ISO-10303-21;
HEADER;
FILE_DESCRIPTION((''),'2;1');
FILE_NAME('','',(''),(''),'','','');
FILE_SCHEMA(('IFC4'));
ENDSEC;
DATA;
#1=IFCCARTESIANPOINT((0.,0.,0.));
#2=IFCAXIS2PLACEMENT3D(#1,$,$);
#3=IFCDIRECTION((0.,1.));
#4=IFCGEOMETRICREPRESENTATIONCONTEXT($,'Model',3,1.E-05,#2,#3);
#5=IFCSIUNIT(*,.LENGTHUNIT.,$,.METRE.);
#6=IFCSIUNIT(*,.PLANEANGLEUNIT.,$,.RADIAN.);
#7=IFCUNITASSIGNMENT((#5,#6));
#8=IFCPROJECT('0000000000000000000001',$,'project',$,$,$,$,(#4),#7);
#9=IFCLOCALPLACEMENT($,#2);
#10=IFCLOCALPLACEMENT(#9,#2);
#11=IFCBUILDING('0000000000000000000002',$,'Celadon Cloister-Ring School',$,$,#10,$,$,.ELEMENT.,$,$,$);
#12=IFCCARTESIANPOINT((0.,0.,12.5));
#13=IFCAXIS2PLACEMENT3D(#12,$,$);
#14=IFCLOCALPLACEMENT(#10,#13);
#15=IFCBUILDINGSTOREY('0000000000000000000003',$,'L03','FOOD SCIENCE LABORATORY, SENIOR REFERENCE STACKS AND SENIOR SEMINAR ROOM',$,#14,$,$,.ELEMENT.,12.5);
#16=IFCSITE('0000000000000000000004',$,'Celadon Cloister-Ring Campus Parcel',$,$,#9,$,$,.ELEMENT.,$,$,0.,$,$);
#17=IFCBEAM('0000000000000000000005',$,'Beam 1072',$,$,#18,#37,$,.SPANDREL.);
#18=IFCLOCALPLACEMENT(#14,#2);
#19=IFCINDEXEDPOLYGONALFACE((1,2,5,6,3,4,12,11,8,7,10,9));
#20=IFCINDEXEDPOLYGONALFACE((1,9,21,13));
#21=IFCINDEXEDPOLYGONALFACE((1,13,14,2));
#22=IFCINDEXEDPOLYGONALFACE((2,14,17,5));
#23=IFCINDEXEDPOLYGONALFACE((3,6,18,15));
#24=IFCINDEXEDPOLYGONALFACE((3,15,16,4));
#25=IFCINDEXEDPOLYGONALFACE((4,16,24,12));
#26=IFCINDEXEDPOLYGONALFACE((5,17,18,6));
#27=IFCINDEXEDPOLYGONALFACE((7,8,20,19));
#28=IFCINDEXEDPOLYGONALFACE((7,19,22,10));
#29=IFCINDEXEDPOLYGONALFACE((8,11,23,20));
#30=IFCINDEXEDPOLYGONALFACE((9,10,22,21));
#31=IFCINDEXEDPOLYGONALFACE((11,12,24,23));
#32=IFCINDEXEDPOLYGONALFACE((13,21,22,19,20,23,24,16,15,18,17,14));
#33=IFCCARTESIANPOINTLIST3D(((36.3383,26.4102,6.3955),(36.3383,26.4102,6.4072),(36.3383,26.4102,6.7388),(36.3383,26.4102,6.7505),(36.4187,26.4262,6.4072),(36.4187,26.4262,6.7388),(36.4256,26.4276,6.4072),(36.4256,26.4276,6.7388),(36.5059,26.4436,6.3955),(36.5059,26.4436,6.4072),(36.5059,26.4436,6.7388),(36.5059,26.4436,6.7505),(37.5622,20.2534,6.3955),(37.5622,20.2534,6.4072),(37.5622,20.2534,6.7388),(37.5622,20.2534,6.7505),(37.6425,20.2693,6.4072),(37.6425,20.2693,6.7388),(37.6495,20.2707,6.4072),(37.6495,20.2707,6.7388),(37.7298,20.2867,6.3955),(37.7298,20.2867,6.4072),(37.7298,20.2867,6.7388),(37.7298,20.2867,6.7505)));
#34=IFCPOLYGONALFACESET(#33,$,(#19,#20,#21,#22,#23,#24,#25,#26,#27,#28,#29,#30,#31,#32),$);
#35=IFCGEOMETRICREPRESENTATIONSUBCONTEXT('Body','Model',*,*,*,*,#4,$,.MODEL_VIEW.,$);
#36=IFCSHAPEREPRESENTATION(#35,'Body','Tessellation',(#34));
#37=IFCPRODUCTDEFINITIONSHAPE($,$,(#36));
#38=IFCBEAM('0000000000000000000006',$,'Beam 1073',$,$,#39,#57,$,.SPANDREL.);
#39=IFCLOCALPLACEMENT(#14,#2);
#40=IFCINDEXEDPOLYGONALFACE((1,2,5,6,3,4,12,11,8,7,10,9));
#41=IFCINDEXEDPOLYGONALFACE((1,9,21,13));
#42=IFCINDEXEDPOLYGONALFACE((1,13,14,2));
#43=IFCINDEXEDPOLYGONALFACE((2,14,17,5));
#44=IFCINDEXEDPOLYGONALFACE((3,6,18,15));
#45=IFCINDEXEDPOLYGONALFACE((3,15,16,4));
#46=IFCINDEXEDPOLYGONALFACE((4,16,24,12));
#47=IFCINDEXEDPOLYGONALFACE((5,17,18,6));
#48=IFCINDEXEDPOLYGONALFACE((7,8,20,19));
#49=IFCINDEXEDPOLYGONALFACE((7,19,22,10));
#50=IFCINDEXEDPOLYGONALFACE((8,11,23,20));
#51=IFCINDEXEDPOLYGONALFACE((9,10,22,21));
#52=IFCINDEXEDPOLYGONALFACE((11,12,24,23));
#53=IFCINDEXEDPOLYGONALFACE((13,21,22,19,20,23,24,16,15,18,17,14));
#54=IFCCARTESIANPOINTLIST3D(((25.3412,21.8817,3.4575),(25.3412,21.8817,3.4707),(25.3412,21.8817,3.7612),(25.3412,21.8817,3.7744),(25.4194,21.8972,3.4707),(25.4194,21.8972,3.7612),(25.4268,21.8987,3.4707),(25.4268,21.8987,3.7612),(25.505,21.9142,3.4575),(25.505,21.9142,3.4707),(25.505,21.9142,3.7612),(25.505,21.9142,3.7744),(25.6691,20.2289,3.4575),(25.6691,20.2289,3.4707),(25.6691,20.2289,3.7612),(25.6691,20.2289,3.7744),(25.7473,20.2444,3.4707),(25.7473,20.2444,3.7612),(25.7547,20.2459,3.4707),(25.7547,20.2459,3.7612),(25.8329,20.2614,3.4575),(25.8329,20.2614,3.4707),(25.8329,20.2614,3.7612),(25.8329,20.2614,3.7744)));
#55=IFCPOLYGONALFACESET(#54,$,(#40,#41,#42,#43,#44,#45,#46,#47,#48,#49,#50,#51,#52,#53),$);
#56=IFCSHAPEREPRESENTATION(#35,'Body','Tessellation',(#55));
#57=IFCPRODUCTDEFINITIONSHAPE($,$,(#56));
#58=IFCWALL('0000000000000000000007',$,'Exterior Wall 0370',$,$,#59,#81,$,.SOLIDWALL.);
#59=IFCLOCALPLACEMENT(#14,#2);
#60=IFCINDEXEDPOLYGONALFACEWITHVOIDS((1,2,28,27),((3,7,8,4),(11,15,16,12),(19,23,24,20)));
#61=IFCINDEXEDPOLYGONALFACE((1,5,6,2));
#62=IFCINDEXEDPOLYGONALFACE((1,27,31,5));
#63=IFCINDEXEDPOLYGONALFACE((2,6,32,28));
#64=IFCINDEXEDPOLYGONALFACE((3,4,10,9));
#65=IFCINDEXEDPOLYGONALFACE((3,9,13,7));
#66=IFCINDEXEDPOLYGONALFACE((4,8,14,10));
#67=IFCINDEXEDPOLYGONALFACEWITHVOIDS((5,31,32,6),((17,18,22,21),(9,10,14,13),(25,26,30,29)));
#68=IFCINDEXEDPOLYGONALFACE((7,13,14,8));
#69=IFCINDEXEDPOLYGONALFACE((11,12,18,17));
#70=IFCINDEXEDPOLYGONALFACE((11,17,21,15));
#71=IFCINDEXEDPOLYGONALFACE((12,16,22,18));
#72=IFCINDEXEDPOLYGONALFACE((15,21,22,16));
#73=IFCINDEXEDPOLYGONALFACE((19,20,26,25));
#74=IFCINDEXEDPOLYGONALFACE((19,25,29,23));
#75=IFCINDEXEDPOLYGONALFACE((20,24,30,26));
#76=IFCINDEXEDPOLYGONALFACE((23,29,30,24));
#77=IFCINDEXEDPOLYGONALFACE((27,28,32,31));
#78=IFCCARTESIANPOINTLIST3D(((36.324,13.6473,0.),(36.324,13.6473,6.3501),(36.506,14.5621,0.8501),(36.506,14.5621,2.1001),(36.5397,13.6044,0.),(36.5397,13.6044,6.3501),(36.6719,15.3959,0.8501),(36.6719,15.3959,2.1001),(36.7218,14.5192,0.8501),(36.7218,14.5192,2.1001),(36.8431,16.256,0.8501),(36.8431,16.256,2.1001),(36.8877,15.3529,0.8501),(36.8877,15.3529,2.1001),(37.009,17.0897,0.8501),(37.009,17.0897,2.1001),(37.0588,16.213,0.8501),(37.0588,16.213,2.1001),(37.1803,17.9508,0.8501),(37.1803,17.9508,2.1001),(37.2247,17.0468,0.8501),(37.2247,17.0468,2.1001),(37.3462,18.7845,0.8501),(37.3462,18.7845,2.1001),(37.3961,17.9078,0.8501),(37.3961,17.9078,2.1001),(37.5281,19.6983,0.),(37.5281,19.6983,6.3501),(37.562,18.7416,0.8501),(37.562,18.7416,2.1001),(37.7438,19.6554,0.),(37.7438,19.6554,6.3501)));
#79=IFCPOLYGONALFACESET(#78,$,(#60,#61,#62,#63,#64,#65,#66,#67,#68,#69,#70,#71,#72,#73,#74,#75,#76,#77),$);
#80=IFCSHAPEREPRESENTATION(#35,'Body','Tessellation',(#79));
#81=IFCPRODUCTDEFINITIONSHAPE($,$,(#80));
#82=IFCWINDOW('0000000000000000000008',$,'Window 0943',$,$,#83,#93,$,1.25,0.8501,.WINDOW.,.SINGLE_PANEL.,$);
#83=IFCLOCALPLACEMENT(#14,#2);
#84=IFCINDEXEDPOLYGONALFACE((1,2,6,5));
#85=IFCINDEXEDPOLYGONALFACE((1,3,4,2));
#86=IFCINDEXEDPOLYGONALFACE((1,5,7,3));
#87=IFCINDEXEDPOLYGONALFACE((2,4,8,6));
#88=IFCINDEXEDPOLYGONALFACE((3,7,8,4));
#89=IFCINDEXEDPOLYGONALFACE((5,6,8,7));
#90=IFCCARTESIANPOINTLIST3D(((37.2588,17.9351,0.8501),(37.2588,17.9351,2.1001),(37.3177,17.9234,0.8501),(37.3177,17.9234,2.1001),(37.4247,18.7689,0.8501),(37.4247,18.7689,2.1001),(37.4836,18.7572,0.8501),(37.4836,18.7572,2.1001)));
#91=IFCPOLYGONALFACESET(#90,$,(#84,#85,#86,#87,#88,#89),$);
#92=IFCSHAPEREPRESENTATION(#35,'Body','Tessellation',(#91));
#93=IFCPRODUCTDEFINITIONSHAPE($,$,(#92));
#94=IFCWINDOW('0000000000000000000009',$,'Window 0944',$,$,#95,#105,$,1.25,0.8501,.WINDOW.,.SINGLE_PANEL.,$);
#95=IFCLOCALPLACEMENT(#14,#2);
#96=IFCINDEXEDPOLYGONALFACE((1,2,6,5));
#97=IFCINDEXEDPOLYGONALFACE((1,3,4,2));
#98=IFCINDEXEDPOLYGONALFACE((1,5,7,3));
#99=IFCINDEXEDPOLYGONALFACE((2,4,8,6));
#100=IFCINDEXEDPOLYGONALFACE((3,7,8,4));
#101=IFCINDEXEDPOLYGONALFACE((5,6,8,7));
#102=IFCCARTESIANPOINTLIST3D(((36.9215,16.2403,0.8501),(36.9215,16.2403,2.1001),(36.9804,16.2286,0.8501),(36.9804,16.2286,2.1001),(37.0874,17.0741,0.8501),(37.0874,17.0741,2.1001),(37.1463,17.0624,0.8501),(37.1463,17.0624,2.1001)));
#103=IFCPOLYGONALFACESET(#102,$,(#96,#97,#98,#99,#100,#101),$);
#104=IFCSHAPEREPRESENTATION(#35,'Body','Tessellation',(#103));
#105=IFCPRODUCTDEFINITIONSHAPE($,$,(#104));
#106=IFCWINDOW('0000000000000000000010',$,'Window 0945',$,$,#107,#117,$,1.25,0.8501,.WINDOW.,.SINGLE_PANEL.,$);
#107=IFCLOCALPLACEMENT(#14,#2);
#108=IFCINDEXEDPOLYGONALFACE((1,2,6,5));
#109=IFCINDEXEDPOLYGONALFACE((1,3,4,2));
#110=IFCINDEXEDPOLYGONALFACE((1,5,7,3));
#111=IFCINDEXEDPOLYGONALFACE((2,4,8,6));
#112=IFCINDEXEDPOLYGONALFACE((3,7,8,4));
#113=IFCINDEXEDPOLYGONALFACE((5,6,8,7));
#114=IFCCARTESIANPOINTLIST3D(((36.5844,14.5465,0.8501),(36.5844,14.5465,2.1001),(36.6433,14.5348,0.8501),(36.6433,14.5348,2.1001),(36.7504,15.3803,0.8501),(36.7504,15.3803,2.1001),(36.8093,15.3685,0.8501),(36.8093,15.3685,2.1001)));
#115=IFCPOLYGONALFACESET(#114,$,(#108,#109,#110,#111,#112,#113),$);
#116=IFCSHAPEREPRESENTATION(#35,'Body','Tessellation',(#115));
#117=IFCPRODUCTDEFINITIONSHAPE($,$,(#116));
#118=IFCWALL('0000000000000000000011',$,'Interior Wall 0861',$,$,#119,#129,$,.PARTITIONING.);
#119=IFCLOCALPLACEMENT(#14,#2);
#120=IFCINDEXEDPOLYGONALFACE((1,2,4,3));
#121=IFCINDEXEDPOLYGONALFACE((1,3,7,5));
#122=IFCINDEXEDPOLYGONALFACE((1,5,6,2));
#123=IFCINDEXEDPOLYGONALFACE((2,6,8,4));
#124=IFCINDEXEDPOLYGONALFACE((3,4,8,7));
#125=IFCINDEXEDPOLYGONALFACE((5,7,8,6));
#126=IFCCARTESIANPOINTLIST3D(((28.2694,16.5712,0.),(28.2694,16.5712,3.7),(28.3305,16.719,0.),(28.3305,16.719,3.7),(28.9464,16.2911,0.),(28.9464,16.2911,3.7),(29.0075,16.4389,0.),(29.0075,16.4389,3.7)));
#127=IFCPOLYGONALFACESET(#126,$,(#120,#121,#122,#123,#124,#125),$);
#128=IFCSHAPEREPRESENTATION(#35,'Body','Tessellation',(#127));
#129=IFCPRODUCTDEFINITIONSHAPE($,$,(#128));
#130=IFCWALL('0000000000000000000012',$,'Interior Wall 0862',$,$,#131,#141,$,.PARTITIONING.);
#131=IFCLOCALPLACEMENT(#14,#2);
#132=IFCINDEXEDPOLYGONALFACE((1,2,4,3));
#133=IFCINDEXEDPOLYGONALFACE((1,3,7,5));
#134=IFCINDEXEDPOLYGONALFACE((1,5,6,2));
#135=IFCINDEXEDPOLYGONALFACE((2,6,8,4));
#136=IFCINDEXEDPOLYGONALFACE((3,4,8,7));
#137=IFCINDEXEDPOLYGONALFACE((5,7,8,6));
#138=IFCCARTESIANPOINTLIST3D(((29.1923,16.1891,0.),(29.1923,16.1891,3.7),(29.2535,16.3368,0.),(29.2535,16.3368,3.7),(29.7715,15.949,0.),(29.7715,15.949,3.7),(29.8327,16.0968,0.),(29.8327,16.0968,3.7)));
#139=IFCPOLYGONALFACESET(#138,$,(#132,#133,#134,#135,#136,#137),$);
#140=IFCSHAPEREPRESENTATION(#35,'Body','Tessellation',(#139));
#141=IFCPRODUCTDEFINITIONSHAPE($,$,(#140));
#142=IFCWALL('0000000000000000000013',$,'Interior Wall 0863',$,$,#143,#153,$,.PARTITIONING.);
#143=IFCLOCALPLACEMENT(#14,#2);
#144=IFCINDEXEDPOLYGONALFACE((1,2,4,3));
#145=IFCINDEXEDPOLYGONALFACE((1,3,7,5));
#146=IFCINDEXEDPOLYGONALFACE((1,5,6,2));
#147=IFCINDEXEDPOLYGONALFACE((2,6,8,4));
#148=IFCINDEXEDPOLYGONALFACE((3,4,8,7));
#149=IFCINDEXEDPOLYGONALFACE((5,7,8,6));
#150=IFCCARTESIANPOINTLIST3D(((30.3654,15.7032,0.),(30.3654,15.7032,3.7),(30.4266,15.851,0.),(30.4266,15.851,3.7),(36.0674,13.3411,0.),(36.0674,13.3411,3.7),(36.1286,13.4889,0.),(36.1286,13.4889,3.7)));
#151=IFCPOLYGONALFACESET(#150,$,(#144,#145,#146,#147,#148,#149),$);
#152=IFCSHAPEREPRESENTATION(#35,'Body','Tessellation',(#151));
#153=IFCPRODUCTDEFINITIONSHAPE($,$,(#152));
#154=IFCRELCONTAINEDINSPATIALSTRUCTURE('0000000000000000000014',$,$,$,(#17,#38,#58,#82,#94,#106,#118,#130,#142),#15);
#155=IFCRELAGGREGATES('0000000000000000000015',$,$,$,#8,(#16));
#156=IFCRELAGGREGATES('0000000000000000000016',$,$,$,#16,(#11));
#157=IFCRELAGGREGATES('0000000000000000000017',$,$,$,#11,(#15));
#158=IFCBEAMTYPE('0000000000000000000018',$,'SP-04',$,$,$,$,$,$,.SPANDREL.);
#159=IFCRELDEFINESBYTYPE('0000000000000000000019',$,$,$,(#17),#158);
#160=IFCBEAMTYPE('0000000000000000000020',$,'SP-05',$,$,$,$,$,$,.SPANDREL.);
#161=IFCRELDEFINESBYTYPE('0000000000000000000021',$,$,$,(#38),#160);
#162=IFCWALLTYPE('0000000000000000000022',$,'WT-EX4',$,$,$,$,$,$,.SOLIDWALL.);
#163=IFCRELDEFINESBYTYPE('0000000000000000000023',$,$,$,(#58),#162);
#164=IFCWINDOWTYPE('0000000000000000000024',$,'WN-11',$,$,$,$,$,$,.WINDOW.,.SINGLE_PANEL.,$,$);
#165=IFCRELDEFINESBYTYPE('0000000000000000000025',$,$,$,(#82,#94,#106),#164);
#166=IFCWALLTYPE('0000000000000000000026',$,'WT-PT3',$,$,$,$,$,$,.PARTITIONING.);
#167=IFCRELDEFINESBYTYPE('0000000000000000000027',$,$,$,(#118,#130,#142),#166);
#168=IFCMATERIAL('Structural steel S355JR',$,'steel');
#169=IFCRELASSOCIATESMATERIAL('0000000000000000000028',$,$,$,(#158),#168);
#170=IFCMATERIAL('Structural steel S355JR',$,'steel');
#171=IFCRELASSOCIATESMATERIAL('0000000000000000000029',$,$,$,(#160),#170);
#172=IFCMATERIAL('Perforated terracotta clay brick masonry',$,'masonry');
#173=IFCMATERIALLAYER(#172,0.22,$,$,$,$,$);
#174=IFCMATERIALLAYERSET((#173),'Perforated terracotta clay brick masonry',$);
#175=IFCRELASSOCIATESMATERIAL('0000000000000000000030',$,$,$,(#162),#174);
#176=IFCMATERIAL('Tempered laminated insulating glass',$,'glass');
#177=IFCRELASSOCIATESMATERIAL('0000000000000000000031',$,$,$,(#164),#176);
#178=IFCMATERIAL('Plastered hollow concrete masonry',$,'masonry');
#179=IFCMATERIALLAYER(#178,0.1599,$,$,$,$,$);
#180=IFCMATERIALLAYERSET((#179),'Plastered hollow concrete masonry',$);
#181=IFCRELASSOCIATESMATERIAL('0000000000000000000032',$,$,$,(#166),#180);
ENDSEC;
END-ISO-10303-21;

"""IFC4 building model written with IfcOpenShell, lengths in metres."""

from ifc_helpers import new_model, si_unit, direction, frame, frame_2d, origin, origin_2d, place, context, subcontext, project, spatial, rectangle, i_section, extrude, material, layer, layer_set, material_profile, profile_set, type_object, element, fill, save


model = new_model("IFC4")

# Units and contexts
model_context = context("Model", 3, precision=1e-05, world=origin(), true_north=direction((0.0, 1.0)))
body_context = subcontext(model_context, "Body", "Model", "MODEL_VIEW")
ifc_project = project(units=[si_unit("LENGTHUNIT", "METRE"), si_unit("PLANEANGLEUNIT", "RADIAN")], contexts=[model_context])

# Site, building, storey
site_placement = place(None, origin())
site = spatial("IfcSite", under=ifc_project, at=site_placement, Name="Celadon Cloister-Ring Campus Parcel", CompositionType="ELEMENT", RefElevation=0.0)
building_placement = place(site_placement, origin())
building = spatial("IfcBuilding", under=site, at=building_placement, Name="Celadon Cloister-Ring School", CompositionType="ELEMENT")
storey_placement = place(building_placement, frame((0.0, 0.0, 12.5)))
storey = spatial("IfcBuildingStorey", under=building, at=storey_placement, Name="L03", Description="FOOD SCIENCE LABORATORY, SENIOR REFERENCE STACKS AND SENIOR SEMINAR ROOM", CompositionType="ELEMENT", Elevation=12.5)

# Beams
ifc_material_1 = material(Name="Structural steel S355JR", Category="steel")
ifc_material_profile_1 = material_profile(ifc_material_1, i_section(OverallWidth=0.1709, OverallDepth=0.355, WebThickness=0.0071, FlangeThickness=0.0117, at=origin_2d()), Name="W360X51")
ifc_profile_set_1 = profile_set([ifc_material_profile_1], Name="Structural steel S355JR")
beam_type_1 = type_object("IfcBeamType", Name="SP-04", PredefinedType="SPANDREL", material=ifc_profile_set_1)
beam_1_placement = place(storey_placement, frame((37.646, 20.27, 6.573), z_axis=(-0.194964, 0.98081, 0.0), x_axis=(-0.98081, -0.194964, 0.0)))
element("IfcBeam", 1, at=beam_1_placement, inside=storey, type_object=beam_type_1, Name="Beam 1072", PredefinedType="SPANDREL", context=body_context, shape_type="SweptSolid", body=[
    extrude(i_section(OverallWidth=0.1709, OverallDepth=0.355, WebThickness=0.0071, FlangeThickness=0.0117, at=origin_2d()), origin(), (0.0, 0.0, 1.0), 6.2773),
])
ifc_material_2 = material(Name="Structural steel S355JR", Category="steel")
ifc_material_profile_2 = material_profile(ifc_material_2, i_section(OverallWidth=0.167, OverallDepth=0.3169, WebThickness=0.0076, FlangeThickness=0.0132, at=origin_2d()), Name="W310X52")
ifc_profile_set_2 = profile_set([ifc_material_profile_2], Name="Structural steel S355JR")
beam_type_2 = type_object("IfcBeamType", Name="SP-05", PredefinedType="SPANDREL", material=ifc_profile_set_2)
beam_2_placement = place(storey_placement, frame((25.751, 20.2451, 3.616), z_axis=(-0.194583, 0.980886, 0.0), x_axis=(-0.980886, -0.194583, 0.0)))
element("IfcBeam", 2, at=beam_2_placement, inside=storey, type_object=beam_type_2, Name="Beam 1073", PredefinedType="SPANDREL", context=body_context, shape_type="SweptSolid", body=[
    extrude(i_section(OverallWidth=0.167, OverallDepth=0.3169, WebThickness=0.0076, FlangeThickness=0.0132, at=origin_2d()), origin(), (0.0, 0.0, 1.0), 1.6851),
])

# Wall, openings, windows
ifc_material_3 = material(Name="Perforated terracotta clay brick masonry", Category="masonry")
ifc_layer_1 = layer(ifc_material_3, 0.22)
ifc_layer_set_1 = layer_set([ifc_layer_1], Name="Perforated terracotta clay brick masonry")
wall_type_1 = type_object("IfcWallType", Name="WT-EX4", PredefinedType="SOLIDWALL", material=ifc_layer_set_1)
wall_1_placement = place(storey_placement, frame((37.636, 19.677, 0.0), z_axis=(0.0, 0.0, 1.0), x_axis=(-0.195165, -0.98077, 0.0)))
wall_1 = element("IfcWall", 3, at=wall_1_placement, inside=storey, type_object=wall_type_1, Name="Exterior Wall 0370", PredefinedType="SOLIDWALL", context=body_context, shape_type="SweptSolid", body=[
    extrude(rectangle(XDim=6.1697, YDim=0.22, at=frame_2d((3.085, 0.0))), origin(), (0.0, 0.0, 1.0), 6.3501),
])
opening_1_placement = place(wall_1_placement, frame((0.9319, 0.0, 0.8501)))
opening_1 = element("IfcOpeningElement", 4, at=opening_1_placement, cuts=wall_1, PredefinedType="OPENING", context=body_context, shape_type="SweptSolid", body=[
    extrude(rectangle(XDim=0.8501, YDim=1.25, at=frame_2d((0.425, 0.625))), frame((0.0, 0.1201, 0.0), z_axis=(0.0, -1.0, 0.0), x_axis=(1.0, 0.0, 0.0)), (0.0, 0.0, 1.0), 0.24),
])
opening_2_placement = place(wall_1_placement, frame((2.6599, 0.0, 0.8501)))
opening_2 = element("IfcOpeningElement", 5, at=opening_2_placement, cuts=wall_1, PredefinedType="OPENING", context=body_context, shape_type="SweptSolid", body=[
    extrude(rectangle(XDim=0.8501, YDim=1.25, at=frame_2d((0.425, 0.625))), frame((0.0, 0.1201, 0.0), z_axis=(0.0, -1.0, 0.0), x_axis=(1.0, 0.0, 0.0)), (0.0, 0.0, 1.0), 0.24),
])
opening_3_placement = place(wall_1_placement, frame((4.387, 0.0, 0.8501)))
opening_3 = element("IfcOpeningElement", 6, at=opening_3_placement, cuts=wall_1, PredefinedType="OPENING", context=body_context, shape_type="SweptSolid", body=[
    extrude(rectangle(XDim=0.8501, YDim=1.25, at=frame_2d((0.425, 0.625))), frame((0.0, 0.1201, 0.0), z_axis=(0.0, -1.0, 0.0), x_axis=(1.0, 0.0, 0.0)), (0.0, 0.0, 1.0), 0.24),
])
ifc_material_4 = material(Name="Tempered laminated insulating glass", Category="glass")
window_type = type_object("IfcWindowType", Name="WN-11", PartitioningType="SINGLE_PANEL", PredefinedType="WINDOW", material=ifc_material_4)
window_1_placement = place(opening_1_placement, origin())
window_1 = element("IfcWindow", 7, at=window_1_placement, inside=storey, type_object=window_type, Name="Window 0943", OverallHeight=1.25, OverallWidth=0.8501, PartitioningType="SINGLE_PANEL", PredefinedType="WINDOW", context=body_context, shape_type="SweptSolid", body=[
    extrude(rectangle(XDim=0.8501, YDim=1.25, at=frame_2d((0.425, 0.625))), frame((0.0, 0.03, 0.0), z_axis=(0.0, -1.0, 0.0), x_axis=(1.0, 0.0, 0.0)), (0.0, 0.0, 1.0), 0.0601),
])
fill(opening_1, window_1)
window_2_placement = place(opening_2_placement, origin())
window_2 = element("IfcWindow", 8, at=window_2_placement, inside=storey, type_object=window_type, Name="Window 0944", OverallHeight=1.25, OverallWidth=0.8501, PartitioningType="SINGLE_PANEL", PredefinedType="WINDOW", context=body_context, shape_type="SweptSolid", body=[
    extrude(rectangle(XDim=0.8501, YDim=1.25, at=frame_2d((0.425, 0.625))), frame((0.0, 0.03, 0.0), z_axis=(0.0, -1.0, 0.0), x_axis=(1.0, 0.0, 0.0)), (0.0, 0.0, 1.0), 0.0601),
])
fill(opening_2, window_2)
window_3_placement = place(opening_3_placement, origin())
window_3 = element("IfcWindow", 9, at=window_3_placement, inside=storey, type_object=window_type, Name="Window 0945", OverallHeight=1.25, OverallWidth=0.8501, PartitioningType="SINGLE_PANEL", PredefinedType="WINDOW", context=body_context, shape_type="SweptSolid", body=[
    extrude(rectangle(XDim=0.8501, YDim=1.25, at=frame_2d((0.425, 0.625))), frame((0.0, 0.03, 0.0), z_axis=(0.0, -1.0, 0.0), x_axis=(1.0, 0.0, 0.0)), (0.0, 0.0, 1.0), 0.0601),
])
fill(opening_3, window_3)

# Walls
ifc_material_5 = material(Name="Plastered hollow concrete masonry", Category="masonry")
ifc_layer_2 = layer(ifc_material_5, 0.1599)
ifc_layer_set_2 = layer_set([ifc_layer_2], Name="Plastered hollow concrete masonry")
wall_type_2 = type_object("IfcWallType", Name="WT-PT3", PredefinedType="PARTITIONING", material=ifc_layer_set_2)
wall_2_placement = place(storey_placement, frame((28.3, 16.645, 0.0), z_axis=(0.0, 0.0, 1.0), x_axis=(0.92407, -0.382224, 0.0)))
element("IfcWall", 10, at=wall_2_placement, inside=storey, type_object=wall_type_2, Name="Interior Wall 0861", PredefinedType="PARTITIONING", context=body_context, shape_type="SweptSolid", body=[
    extrude(rectangle(XDim=0.7327, YDim=0.1599, at=frame_2d((0.3662, 0.0))), origin(), (0.0, 0.0, 1.0), 3.7),
])
wall_3_placement = place(storey_placement, frame((29.2229, 16.2629, 0.0), z_axis=(0.0, 0.0, 1.0), x_axis=(0.923813, -0.382845, 0.0)))
element("IfcWall", 11, at=wall_3_placement, inside=storey, type_object=wall_type_2, Name="Interior Wall 0862", PredefinedType="PARTITIONING", context=body_context, shape_type="SweptSolid", body=[
    extrude(rectangle(XDim=0.627, YDim=0.1599, at=frame_2d((0.3135, 0.0))), origin(), (0.0, 0.0, 1.0), 3.7),
])
wall_4_placement = place(storey_placement, frame((30.396, 15.7771, 0.0), z_axis=(0.0, 0.0, 1.0), x_axis=(0.923865, -0.382719, 0.0)))
element("IfcWall", 12, at=wall_4_placement, inside=storey, type_object=wall_type_2, Name="Interior Wall 0863", PredefinedType="PARTITIONING", context=body_context, shape_type="SweptSolid", body=[
    extrude(rectangle(XDim=6.1719, YDim=0.1599, at=frame_2d((3.0859, 0.0))), origin(), (0.0, 0.0, 1.0), 3.7),
])

save(model, "model.ifc")
